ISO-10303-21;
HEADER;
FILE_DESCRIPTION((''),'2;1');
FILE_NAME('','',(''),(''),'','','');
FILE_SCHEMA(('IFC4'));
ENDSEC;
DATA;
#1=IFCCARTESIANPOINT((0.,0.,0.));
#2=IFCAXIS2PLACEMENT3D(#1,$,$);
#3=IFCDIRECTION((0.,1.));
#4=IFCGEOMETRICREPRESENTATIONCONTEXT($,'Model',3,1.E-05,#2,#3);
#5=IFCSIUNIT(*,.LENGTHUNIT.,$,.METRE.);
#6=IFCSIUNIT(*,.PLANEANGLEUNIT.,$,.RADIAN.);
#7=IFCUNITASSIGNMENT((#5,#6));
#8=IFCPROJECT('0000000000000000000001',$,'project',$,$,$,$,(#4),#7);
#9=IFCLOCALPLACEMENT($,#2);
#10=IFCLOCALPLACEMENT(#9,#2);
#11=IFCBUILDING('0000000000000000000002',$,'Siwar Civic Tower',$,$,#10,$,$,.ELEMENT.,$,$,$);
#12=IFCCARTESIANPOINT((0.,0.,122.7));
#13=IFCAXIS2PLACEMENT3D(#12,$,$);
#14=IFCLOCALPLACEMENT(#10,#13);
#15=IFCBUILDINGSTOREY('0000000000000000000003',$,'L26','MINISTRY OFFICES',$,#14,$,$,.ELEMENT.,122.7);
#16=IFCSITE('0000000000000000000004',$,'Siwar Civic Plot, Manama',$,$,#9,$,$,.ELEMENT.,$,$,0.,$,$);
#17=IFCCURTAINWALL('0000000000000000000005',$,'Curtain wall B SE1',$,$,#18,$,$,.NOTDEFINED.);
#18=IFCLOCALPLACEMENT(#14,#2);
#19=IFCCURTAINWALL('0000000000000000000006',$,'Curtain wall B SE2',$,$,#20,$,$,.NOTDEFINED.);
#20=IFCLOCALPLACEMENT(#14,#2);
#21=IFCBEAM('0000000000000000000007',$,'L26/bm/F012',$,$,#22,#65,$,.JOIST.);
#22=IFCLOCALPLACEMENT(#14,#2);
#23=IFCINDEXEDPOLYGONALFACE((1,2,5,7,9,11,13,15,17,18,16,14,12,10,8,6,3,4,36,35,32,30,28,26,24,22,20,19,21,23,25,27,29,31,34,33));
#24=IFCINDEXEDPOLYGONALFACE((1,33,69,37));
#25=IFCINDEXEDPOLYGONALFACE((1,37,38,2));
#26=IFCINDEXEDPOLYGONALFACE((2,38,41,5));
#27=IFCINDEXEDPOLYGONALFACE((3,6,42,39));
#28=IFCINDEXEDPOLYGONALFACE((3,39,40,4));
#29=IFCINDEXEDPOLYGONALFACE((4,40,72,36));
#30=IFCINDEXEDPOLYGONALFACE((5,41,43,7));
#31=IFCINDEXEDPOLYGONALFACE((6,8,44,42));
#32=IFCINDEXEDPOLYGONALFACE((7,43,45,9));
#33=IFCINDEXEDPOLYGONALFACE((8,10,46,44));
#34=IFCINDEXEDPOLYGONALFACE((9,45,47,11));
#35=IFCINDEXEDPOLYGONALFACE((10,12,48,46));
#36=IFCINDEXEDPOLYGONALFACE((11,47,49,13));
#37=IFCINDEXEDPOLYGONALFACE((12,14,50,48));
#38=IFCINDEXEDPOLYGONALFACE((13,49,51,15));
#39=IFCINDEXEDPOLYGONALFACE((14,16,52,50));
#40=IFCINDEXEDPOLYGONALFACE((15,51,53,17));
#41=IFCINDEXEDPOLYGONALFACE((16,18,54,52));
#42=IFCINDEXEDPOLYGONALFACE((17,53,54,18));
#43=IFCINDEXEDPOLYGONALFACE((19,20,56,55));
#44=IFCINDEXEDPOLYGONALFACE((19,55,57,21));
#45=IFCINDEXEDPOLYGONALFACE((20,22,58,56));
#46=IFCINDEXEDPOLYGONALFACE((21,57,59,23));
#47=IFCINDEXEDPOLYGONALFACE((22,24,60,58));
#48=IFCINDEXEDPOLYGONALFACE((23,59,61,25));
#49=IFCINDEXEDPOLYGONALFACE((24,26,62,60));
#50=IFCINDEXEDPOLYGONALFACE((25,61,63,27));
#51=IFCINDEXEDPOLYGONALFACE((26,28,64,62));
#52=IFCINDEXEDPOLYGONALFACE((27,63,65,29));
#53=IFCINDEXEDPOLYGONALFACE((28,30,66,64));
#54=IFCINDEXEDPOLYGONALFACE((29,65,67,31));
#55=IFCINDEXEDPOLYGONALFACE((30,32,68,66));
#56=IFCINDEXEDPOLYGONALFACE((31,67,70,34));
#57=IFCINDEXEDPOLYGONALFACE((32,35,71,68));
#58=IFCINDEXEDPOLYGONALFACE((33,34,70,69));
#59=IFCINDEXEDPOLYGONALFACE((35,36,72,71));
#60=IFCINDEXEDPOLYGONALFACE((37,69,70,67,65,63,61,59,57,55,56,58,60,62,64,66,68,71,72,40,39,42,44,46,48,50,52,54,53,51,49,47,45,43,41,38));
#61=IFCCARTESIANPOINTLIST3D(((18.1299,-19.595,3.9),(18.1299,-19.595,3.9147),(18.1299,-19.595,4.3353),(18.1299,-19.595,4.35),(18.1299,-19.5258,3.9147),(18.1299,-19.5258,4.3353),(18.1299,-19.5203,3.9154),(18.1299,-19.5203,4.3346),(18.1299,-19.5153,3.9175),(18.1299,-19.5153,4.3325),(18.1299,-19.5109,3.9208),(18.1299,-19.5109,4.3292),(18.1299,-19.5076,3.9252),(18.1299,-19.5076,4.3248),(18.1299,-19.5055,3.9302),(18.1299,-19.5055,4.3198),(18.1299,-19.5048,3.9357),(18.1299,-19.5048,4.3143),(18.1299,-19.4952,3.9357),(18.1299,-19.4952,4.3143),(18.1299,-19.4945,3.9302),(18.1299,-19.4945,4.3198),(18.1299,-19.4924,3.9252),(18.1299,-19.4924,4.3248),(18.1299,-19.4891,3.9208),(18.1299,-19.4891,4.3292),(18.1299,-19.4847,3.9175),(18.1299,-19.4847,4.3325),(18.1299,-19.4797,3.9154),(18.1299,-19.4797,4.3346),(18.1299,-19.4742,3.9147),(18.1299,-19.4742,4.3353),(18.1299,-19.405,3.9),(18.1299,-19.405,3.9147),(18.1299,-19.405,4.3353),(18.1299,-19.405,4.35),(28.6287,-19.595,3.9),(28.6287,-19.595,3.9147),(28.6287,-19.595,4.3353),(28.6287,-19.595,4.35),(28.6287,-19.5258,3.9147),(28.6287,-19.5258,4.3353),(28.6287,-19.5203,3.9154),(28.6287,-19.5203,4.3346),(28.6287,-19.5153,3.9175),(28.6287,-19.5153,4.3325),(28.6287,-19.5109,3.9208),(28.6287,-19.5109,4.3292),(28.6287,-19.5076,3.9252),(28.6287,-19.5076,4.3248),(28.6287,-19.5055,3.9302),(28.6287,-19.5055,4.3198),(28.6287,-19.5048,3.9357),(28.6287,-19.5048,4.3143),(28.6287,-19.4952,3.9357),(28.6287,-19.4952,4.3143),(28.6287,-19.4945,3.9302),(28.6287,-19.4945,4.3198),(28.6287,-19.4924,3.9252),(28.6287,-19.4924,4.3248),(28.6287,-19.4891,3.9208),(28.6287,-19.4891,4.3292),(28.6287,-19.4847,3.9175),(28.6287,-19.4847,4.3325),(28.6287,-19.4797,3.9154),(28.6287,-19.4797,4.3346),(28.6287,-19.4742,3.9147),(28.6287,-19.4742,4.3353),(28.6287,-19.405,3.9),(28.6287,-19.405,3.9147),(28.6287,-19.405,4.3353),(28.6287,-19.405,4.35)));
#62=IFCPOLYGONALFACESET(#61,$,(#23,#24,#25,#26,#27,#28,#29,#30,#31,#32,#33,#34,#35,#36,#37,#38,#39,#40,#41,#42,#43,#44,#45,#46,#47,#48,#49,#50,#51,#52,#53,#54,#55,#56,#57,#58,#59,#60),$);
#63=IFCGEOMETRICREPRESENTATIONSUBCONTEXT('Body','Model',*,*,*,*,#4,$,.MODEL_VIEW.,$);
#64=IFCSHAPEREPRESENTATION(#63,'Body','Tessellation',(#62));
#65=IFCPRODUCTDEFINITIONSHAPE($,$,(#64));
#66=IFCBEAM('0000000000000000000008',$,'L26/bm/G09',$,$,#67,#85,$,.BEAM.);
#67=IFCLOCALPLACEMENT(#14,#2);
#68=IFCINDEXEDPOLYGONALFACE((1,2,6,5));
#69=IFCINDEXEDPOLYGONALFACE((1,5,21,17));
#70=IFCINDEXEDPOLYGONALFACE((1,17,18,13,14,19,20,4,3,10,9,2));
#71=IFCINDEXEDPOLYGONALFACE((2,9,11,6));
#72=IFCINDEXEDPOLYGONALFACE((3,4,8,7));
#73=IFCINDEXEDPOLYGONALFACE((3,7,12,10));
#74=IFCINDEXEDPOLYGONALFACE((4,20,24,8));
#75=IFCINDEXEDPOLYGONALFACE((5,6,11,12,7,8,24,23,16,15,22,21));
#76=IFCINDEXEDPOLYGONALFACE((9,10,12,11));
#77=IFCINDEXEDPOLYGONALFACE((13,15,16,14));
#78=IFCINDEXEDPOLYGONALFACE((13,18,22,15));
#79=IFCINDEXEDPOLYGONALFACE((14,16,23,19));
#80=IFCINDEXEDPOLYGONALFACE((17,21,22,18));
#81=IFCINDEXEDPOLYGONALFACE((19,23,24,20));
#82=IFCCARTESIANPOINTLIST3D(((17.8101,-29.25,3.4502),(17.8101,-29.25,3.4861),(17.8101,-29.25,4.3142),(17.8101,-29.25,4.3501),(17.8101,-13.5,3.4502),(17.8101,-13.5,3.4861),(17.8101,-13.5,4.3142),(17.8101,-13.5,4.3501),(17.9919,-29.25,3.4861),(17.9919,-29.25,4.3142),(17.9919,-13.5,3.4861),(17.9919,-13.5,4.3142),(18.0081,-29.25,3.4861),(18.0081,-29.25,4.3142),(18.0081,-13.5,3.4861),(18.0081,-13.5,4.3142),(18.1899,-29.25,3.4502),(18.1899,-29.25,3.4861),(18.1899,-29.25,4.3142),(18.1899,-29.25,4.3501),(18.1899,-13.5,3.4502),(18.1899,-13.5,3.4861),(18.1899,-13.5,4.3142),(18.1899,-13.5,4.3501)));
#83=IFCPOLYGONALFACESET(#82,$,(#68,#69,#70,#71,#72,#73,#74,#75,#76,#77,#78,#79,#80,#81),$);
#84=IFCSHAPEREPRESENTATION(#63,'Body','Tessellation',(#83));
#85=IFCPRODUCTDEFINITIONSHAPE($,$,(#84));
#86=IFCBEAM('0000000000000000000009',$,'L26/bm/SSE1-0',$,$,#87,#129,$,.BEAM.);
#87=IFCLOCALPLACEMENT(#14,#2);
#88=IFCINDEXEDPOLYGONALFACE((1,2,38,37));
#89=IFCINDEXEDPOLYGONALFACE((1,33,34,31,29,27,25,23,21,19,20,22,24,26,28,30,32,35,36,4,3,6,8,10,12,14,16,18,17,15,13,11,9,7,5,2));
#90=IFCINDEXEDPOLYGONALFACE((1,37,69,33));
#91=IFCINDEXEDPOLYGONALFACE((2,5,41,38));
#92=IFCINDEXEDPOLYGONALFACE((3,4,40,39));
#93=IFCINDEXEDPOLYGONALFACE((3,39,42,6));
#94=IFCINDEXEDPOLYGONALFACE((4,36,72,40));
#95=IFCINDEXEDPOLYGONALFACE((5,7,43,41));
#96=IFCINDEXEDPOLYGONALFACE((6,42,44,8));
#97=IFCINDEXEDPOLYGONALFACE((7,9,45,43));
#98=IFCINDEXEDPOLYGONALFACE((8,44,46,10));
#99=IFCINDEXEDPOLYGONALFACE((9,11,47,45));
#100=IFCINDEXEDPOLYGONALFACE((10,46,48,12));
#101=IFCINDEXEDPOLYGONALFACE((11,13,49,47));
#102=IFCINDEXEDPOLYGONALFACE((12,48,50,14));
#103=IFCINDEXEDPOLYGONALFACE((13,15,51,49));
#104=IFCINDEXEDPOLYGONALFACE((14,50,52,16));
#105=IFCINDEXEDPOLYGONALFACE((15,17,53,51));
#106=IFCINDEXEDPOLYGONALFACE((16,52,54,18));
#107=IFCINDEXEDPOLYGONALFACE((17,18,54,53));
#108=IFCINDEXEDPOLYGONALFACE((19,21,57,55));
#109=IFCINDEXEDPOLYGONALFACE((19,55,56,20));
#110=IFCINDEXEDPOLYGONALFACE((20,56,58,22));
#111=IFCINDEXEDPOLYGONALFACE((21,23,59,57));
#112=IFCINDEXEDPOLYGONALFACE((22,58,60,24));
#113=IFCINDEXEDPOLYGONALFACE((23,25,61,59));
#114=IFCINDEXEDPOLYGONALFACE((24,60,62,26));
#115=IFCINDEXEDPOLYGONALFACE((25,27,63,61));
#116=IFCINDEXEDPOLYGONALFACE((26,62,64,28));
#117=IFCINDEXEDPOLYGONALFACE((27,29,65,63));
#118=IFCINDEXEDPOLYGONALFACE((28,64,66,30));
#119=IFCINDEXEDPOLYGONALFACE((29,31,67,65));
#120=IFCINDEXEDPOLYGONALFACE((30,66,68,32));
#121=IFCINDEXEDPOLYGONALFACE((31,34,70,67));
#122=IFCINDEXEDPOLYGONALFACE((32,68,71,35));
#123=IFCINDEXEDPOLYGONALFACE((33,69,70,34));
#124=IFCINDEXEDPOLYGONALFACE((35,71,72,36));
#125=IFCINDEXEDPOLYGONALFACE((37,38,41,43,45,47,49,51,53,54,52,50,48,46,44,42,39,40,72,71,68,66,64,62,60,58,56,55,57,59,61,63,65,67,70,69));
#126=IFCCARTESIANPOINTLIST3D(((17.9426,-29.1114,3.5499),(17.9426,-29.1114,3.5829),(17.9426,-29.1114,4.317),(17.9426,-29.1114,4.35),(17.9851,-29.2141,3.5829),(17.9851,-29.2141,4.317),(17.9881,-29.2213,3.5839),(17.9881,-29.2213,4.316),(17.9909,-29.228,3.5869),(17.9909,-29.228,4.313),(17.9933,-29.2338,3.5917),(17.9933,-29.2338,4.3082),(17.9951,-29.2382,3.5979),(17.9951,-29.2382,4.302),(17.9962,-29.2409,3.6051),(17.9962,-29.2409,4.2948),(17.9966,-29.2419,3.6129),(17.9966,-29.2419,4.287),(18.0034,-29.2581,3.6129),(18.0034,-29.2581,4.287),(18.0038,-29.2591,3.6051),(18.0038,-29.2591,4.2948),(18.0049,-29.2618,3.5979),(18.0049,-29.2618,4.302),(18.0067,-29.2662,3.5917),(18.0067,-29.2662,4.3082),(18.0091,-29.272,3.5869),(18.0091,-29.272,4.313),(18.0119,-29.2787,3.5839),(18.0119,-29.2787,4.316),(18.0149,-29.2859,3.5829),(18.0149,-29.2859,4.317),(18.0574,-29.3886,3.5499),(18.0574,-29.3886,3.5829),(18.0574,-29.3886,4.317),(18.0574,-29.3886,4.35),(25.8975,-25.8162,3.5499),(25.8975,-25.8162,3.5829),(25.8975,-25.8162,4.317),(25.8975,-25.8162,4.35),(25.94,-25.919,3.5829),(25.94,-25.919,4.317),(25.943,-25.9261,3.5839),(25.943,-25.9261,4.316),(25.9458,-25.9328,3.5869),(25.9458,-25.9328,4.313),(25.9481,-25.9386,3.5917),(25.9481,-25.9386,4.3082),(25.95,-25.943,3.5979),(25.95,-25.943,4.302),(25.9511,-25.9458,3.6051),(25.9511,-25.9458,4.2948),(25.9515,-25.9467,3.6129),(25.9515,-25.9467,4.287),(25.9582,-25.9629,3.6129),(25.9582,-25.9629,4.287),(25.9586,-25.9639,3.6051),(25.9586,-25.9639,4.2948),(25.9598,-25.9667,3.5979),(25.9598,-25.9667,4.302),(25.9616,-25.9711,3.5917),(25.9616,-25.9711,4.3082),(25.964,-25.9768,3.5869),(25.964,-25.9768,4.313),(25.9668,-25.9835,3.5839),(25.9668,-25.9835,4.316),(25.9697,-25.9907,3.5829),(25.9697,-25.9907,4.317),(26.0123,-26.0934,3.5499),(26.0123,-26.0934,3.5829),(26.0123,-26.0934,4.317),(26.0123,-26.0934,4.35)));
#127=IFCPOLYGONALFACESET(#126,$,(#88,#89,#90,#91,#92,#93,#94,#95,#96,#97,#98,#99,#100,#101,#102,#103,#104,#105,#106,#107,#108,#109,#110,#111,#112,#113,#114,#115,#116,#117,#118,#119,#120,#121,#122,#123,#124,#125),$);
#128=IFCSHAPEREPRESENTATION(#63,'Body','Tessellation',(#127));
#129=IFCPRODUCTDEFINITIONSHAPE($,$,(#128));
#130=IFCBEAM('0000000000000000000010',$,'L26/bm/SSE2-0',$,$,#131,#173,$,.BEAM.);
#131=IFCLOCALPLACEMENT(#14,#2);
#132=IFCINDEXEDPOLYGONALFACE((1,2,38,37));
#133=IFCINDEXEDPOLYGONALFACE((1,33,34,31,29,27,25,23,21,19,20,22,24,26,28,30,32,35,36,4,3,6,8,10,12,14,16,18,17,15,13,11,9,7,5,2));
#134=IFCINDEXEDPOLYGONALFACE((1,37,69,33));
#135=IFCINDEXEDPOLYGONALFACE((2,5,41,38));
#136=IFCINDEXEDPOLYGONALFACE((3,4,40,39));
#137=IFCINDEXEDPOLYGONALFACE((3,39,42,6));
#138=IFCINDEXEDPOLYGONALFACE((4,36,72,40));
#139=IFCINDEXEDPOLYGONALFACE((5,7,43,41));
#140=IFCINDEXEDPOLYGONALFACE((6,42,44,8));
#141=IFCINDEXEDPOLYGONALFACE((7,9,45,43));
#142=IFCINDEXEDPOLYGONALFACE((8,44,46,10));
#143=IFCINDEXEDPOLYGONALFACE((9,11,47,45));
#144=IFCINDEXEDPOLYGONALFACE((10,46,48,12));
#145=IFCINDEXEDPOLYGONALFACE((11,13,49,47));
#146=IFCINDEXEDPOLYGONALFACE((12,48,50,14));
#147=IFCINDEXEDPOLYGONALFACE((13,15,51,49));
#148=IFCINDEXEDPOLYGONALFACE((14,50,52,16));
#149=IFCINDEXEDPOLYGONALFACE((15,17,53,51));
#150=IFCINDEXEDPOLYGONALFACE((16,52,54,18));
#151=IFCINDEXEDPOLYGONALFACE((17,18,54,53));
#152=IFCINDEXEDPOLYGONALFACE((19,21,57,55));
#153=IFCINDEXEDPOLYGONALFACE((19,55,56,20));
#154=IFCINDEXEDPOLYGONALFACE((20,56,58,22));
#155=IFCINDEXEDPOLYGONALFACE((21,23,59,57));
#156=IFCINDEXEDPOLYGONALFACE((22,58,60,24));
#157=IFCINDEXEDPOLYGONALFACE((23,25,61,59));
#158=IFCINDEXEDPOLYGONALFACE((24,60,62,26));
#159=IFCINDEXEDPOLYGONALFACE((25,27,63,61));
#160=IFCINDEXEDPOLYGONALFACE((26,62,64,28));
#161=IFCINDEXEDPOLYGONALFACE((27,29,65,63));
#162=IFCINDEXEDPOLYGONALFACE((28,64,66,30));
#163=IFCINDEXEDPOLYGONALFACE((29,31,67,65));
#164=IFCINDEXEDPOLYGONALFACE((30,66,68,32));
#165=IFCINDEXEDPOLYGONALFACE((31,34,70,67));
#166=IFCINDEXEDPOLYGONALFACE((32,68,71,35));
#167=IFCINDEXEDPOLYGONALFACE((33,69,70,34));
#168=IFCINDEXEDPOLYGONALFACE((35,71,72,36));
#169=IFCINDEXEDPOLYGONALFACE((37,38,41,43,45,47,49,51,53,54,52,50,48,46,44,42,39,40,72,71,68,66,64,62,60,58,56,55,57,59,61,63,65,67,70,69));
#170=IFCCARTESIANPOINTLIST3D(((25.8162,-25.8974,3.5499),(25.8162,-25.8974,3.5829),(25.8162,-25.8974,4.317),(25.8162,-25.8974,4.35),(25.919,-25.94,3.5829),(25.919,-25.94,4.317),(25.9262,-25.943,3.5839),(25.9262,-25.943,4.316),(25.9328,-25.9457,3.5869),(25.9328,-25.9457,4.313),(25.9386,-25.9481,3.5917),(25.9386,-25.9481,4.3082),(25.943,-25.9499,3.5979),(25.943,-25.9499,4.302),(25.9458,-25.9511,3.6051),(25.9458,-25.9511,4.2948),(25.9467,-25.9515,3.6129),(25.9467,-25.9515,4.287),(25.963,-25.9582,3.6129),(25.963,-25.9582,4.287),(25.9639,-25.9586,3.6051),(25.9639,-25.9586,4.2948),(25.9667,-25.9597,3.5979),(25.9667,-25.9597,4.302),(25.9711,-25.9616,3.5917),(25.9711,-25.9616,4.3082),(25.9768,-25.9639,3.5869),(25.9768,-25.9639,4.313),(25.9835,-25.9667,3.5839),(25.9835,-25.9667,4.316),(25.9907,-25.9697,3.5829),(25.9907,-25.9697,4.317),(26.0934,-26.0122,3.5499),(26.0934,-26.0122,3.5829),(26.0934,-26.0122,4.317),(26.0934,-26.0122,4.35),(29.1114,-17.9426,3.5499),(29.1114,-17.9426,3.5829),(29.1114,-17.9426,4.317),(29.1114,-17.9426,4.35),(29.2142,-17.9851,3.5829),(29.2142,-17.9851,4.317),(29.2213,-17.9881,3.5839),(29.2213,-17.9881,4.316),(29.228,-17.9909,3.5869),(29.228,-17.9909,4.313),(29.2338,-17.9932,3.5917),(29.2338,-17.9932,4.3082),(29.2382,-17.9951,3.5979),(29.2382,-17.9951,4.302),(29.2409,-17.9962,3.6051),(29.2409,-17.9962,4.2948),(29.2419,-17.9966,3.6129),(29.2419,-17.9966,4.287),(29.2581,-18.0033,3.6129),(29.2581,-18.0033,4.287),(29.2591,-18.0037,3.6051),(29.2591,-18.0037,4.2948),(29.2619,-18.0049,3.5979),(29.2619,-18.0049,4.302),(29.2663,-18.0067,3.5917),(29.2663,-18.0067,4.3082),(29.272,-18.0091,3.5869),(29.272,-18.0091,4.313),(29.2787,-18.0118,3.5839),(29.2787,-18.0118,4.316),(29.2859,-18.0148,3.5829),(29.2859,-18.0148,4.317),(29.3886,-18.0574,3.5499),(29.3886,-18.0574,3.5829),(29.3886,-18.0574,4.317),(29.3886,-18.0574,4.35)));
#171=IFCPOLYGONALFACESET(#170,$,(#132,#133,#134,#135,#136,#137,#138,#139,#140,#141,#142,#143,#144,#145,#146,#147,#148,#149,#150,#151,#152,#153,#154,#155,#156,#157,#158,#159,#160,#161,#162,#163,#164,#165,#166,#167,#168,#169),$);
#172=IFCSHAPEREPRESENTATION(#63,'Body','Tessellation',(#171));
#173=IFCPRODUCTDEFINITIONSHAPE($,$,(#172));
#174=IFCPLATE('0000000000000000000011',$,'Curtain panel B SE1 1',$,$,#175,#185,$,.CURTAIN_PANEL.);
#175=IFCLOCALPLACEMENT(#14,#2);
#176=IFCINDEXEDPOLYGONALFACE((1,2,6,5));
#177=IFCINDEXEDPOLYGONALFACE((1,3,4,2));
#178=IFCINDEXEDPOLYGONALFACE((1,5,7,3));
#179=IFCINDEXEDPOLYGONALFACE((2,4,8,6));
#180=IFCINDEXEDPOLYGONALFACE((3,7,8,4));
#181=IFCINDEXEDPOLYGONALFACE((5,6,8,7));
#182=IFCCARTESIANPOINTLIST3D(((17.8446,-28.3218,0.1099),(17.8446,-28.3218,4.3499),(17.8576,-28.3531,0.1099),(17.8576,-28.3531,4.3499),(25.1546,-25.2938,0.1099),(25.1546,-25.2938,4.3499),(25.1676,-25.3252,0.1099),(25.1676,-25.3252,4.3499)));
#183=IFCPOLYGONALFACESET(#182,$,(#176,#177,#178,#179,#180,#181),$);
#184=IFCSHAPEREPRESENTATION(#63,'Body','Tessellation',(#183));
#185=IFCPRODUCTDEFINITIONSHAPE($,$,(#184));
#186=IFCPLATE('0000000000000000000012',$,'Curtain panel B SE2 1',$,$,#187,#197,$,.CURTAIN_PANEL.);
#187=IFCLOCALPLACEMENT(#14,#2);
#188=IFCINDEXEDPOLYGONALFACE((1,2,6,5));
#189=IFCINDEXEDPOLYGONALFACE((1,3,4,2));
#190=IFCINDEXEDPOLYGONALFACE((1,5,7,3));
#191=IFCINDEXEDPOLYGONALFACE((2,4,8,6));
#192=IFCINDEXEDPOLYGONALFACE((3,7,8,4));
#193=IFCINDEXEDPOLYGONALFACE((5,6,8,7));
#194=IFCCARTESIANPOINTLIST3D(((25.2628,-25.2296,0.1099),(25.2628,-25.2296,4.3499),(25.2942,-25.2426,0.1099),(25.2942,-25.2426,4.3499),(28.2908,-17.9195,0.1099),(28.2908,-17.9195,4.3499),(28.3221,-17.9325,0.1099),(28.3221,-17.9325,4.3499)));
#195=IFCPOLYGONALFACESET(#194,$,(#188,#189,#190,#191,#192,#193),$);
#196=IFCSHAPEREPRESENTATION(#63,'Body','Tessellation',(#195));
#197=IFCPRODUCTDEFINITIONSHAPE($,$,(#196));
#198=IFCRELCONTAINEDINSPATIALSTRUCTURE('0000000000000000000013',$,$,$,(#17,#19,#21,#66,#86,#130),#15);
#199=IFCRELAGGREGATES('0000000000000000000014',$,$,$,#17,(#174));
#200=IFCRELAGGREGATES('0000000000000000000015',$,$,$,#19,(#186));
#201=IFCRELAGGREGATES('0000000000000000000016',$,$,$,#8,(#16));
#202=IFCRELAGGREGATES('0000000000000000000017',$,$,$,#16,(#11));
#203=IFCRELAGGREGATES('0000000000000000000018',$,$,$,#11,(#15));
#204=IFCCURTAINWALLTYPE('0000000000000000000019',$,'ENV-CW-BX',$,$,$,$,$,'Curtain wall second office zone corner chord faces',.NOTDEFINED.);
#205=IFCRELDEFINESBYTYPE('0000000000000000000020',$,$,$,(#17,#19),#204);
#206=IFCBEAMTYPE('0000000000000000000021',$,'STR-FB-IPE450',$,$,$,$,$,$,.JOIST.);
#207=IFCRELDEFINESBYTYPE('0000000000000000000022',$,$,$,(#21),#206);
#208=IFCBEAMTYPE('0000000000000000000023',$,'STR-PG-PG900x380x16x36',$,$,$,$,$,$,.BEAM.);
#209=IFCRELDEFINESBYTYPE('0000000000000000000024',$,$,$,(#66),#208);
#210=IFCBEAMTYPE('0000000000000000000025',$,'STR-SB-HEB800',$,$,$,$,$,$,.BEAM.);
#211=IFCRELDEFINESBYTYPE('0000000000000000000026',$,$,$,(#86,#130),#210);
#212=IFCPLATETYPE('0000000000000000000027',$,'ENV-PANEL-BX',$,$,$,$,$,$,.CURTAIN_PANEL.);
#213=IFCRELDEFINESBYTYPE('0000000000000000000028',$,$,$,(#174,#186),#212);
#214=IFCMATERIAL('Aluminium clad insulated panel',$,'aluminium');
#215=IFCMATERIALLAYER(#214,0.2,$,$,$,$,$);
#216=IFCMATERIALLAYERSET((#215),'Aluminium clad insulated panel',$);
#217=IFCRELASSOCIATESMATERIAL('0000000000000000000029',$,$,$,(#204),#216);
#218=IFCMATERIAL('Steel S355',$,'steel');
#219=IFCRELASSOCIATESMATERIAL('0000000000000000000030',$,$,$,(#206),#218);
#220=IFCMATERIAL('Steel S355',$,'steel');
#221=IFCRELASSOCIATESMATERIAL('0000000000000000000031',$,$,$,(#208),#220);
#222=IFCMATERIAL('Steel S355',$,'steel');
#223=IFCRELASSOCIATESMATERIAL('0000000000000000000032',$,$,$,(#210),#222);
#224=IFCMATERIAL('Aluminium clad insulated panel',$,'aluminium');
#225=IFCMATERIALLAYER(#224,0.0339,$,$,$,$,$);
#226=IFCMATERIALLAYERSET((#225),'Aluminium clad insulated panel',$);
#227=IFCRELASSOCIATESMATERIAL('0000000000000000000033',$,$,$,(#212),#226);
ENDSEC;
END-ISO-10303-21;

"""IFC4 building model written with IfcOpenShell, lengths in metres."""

from ifc_helpers import new_model, si_unit, direction, frame, origin, origin_2d, place, context, subcontext, project, spatial, rectangle, i_section, extrude, material, layer, layer_set, material_profile, profile_set, type_object, element, aggregate, save


model = new_model("IFC4")

# Units and contexts
model_context = context("Model", 3, precision=1e-05, world=origin(), true_north=direction((0.0, 1.0)))
body_context = subcontext(model_context, "Body", "Model", "MODEL_VIEW")
ifc_project = project(units=[si_unit("LENGTHUNIT", "METRE"), si_unit("PLANEANGLEUNIT", "RADIAN")], contexts=[model_context])

# Site, building, storey
site_placement = place(None, origin())
site = spatial("IfcSite", under=ifc_project, at=site_placement, Name="Siwar Civic Plot, Manama", CompositionType="ELEMENT", RefElevation=0.0)
building_placement = place(site_placement, origin())
building = spatial("IfcBuilding", under=site, at=building_placement, Name="Siwar Civic Tower", CompositionType="ELEMENT")
storey_placement = place(building_placement, frame((0.0, 0.0, 122.7)))
storey = spatial("IfcBuildingStorey", under=building, at=storey_placement, Name="L26", Description="MINISTRY OFFICES", CompositionType="ELEMENT", Elevation=122.7)

# Curtain walls
ifc_material_1 = material(Name="Aluminium clad insulated panel", Category="aluminium")
ifc_layer_1 = layer(ifc_material_1, 0.2)
ifc_layer_set_1 = layer_set([ifc_layer_1], Name="Aluminium clad insulated panel")
curtain_wall_type = type_object("IfcCurtainWallType", Name="ENV-CW-BX", ElementType="Curtain wall second office zone corner chord faces", PredefinedType="NOTDEFINED", material=ifc_layer_set_1)
curtain_wall_1_placement = place(storey_placement, origin())
curtain_wall_1 = element("IfcCurtainWall", 1, at=curtain_wall_1_placement, inside=storey, type_object=curtain_wall_type, Name="Curtain wall B SE1", PredefinedType="NOTDEFINED")
curtain_wall_2_placement = place(storey_placement, origin())
curtain_wall_2 = element("IfcCurtainWall", 2, at=curtain_wall_2_placement, inside=storey, type_object=curtain_wall_type, Name="Curtain wall B SE2", PredefinedType="NOTDEFINED")

# Beams
ifc_material_2 = material(Name="Steel S355", Category="steel")
ifc_material_profile_1 = material_profile(ifc_material_2, i_section(OverallWidth=0.1899, OverallDepth=0.45, WebThickness=0.0095, FlangeThickness=0.0146, FilletRadius=0.021, at=origin_2d()), Name="IPE450")
ifc_profile_set_1 = profile_set([ifc_material_profile_1], Name="Steel S355")
beam_type_1 = type_object("IfcBeamType", Name="STR-FB-IPE450", PredefinedType="JOIST", material=ifc_profile_set_1)
beam_1_placement = place(storey_placement, frame((18.1299, -19.5, 4.125), z_axis=(1.0, 0.0, 0.0), x_axis=(0.0, 1.0, 0.0)))
element("IfcBeam", 3, at=beam_1_placement, inside=storey, type_object=beam_type_1, Name="L26/bm/F012", PredefinedType="JOIST", context=body_context, shape_type="SweptSolid", body=[
    extrude(i_section(OverallWidth=0.1899, OverallDepth=0.45, WebThickness=0.0095, FlangeThickness=0.0146, FilletRadius=0.021, at=origin_2d()), origin(), (0.0, 0.0, 1.0), 10.4988),
])
ifc_material_3 = material(Name="Steel S355", Category="steel")
ifc_material_profile_2 = material_profile(ifc_material_3, i_section(OverallWidth=0.3799, OverallDepth=0.8999, WebThickness=0.0161, FlangeThickness=0.0359, at=origin_2d()), Name="PG900x380x16x36")
ifc_profile_set_2 = profile_set([ifc_material_profile_2], Name="Steel S355")
beam_type_2 = type_object("IfcBeamType", Name="STR-PG-PG900x380x16x36", PredefinedType="BEAM", material=ifc_profile_set_2)
beam_2_placement = place(storey_placement, frame((18.0, -29.25, 3.9001), z_axis=(0.0, 1.0, 0.0), x_axis=(-1.0, 0.0, 0.0)))
element("IfcBeam", 4, at=beam_2_placement, inside=storey, type_object=beam_type_2, Name="L26/bm/G09", PredefinedType="BEAM", context=body_context, shape_type="SweptSolid", body=[
    extrude(i_section(OverallWidth=0.3799, OverallDepth=0.8999, WebThickness=0.0161, FlangeThickness=0.0359, at=origin_2d()), origin(), (0.0, 0.0, 1.0), 15.75),
])
ifc_material_4 = material(Name="Steel S355", Category="steel")
ifc_material_profile_3 = material_profile(ifc_material_4, i_section(OverallWidth=0.3, OverallDepth=0.8, WebThickness=0.0176, FlangeThickness=0.033, FilletRadius=0.03, at=origin_2d()), Name="HEB800")
ifc_profile_set_3 = profile_set([ifc_material_profile_3], Name="Steel S355")
beam_type_3 = type_object("IfcBeamType", Name="STR-SB-HEB800", PredefinedType="BEAM", material=ifc_profile_set_3)
for number, where, z_axis, x_axis, name in (
    (5, (18.0, -29.25, 3.95), (0.923873, 0.3827, 0.0), (-0.3827, 0.923873, 0.0), "L26/bm/SSE1-0"),
    (6, (25.9548, -25.9548, 3.95), (0.3827, 0.923873, 0.0), (-0.923873, 0.3827, 0.0), "L26/bm/SSE2-0"),
):
    element("IfcBeam", number, at=place(storey_placement, frame(where, z_axis=z_axis, x_axis=x_axis)), inside=storey, type_object=beam_type_3, Name=name, PredefinedType="BEAM", context=body_context, shape_type="SweptSolid", body=[
        extrude(i_section(OverallWidth=0.3, OverallDepth=0.8, WebThickness=0.0176, FlangeThickness=0.033, FilletRadius=0.03, at=origin_2d()), origin(), (0.0, 0.0, 1.0), 8.6104),
    ])

# Plates
ifc_material_5 = material(Name="Aluminium clad insulated panel", Category="aluminium")
ifc_layer_2 = layer(ifc_material_5, 0.0339)
ifc_layer_set_2 = layer_set([ifc_layer_2], Name="Aluminium clad insulated panel")
plate_type = type_object("IfcPlateType", Name="ENV-PANEL-BX", PredefinedType="CURTAIN_PANEL", material=ifc_layer_set_2)
plate_1_placement = place(storey_placement, frame((21.5061, -26.8235, 0.1099), z_axis=(0.0, 0.0, 1.0), x_axis=(0.92388, 0.382683, 0.0)))
plate_1 = element("IfcPlate", 7, at=plate_1_placement, type_object=plate_type, Name="Curtain panel B SE1 1", PredefinedType="CURTAIN_PANEL", context=body_context, shape_type="SweptSolid", body=[
    extrude(rectangle(XDim=7.9124, YDim=0.0339, at=origin_2d()), origin(), (0.0, 0.0, 1.0), 4.24),
])
aggregate(curtain_wall_1, [plate_1])
plate_2_placement = place(storey_placement, frame((26.7925, -21.5811, 0.1099), z_axis=(0.0, 0.0, 1.0), x_axis=(0.382683, 0.92388, 0.0)))
plate_2 = element("IfcPlate", 8, at=plate_2_placement, type_object=plate_type, Name="Curtain panel B SE2 1", PredefinedType="CURTAIN_PANEL", context=body_context, shape_type="SweptSolid", body=[
    extrude(rectangle(XDim=7.9124, YDim=0.0339, at=origin_2d()), origin(), (0.0, 0.0, 1.0), 4.24),
])
aggregate(curtain_wall_2, [plate_2])

save(model, "model.ifc")
